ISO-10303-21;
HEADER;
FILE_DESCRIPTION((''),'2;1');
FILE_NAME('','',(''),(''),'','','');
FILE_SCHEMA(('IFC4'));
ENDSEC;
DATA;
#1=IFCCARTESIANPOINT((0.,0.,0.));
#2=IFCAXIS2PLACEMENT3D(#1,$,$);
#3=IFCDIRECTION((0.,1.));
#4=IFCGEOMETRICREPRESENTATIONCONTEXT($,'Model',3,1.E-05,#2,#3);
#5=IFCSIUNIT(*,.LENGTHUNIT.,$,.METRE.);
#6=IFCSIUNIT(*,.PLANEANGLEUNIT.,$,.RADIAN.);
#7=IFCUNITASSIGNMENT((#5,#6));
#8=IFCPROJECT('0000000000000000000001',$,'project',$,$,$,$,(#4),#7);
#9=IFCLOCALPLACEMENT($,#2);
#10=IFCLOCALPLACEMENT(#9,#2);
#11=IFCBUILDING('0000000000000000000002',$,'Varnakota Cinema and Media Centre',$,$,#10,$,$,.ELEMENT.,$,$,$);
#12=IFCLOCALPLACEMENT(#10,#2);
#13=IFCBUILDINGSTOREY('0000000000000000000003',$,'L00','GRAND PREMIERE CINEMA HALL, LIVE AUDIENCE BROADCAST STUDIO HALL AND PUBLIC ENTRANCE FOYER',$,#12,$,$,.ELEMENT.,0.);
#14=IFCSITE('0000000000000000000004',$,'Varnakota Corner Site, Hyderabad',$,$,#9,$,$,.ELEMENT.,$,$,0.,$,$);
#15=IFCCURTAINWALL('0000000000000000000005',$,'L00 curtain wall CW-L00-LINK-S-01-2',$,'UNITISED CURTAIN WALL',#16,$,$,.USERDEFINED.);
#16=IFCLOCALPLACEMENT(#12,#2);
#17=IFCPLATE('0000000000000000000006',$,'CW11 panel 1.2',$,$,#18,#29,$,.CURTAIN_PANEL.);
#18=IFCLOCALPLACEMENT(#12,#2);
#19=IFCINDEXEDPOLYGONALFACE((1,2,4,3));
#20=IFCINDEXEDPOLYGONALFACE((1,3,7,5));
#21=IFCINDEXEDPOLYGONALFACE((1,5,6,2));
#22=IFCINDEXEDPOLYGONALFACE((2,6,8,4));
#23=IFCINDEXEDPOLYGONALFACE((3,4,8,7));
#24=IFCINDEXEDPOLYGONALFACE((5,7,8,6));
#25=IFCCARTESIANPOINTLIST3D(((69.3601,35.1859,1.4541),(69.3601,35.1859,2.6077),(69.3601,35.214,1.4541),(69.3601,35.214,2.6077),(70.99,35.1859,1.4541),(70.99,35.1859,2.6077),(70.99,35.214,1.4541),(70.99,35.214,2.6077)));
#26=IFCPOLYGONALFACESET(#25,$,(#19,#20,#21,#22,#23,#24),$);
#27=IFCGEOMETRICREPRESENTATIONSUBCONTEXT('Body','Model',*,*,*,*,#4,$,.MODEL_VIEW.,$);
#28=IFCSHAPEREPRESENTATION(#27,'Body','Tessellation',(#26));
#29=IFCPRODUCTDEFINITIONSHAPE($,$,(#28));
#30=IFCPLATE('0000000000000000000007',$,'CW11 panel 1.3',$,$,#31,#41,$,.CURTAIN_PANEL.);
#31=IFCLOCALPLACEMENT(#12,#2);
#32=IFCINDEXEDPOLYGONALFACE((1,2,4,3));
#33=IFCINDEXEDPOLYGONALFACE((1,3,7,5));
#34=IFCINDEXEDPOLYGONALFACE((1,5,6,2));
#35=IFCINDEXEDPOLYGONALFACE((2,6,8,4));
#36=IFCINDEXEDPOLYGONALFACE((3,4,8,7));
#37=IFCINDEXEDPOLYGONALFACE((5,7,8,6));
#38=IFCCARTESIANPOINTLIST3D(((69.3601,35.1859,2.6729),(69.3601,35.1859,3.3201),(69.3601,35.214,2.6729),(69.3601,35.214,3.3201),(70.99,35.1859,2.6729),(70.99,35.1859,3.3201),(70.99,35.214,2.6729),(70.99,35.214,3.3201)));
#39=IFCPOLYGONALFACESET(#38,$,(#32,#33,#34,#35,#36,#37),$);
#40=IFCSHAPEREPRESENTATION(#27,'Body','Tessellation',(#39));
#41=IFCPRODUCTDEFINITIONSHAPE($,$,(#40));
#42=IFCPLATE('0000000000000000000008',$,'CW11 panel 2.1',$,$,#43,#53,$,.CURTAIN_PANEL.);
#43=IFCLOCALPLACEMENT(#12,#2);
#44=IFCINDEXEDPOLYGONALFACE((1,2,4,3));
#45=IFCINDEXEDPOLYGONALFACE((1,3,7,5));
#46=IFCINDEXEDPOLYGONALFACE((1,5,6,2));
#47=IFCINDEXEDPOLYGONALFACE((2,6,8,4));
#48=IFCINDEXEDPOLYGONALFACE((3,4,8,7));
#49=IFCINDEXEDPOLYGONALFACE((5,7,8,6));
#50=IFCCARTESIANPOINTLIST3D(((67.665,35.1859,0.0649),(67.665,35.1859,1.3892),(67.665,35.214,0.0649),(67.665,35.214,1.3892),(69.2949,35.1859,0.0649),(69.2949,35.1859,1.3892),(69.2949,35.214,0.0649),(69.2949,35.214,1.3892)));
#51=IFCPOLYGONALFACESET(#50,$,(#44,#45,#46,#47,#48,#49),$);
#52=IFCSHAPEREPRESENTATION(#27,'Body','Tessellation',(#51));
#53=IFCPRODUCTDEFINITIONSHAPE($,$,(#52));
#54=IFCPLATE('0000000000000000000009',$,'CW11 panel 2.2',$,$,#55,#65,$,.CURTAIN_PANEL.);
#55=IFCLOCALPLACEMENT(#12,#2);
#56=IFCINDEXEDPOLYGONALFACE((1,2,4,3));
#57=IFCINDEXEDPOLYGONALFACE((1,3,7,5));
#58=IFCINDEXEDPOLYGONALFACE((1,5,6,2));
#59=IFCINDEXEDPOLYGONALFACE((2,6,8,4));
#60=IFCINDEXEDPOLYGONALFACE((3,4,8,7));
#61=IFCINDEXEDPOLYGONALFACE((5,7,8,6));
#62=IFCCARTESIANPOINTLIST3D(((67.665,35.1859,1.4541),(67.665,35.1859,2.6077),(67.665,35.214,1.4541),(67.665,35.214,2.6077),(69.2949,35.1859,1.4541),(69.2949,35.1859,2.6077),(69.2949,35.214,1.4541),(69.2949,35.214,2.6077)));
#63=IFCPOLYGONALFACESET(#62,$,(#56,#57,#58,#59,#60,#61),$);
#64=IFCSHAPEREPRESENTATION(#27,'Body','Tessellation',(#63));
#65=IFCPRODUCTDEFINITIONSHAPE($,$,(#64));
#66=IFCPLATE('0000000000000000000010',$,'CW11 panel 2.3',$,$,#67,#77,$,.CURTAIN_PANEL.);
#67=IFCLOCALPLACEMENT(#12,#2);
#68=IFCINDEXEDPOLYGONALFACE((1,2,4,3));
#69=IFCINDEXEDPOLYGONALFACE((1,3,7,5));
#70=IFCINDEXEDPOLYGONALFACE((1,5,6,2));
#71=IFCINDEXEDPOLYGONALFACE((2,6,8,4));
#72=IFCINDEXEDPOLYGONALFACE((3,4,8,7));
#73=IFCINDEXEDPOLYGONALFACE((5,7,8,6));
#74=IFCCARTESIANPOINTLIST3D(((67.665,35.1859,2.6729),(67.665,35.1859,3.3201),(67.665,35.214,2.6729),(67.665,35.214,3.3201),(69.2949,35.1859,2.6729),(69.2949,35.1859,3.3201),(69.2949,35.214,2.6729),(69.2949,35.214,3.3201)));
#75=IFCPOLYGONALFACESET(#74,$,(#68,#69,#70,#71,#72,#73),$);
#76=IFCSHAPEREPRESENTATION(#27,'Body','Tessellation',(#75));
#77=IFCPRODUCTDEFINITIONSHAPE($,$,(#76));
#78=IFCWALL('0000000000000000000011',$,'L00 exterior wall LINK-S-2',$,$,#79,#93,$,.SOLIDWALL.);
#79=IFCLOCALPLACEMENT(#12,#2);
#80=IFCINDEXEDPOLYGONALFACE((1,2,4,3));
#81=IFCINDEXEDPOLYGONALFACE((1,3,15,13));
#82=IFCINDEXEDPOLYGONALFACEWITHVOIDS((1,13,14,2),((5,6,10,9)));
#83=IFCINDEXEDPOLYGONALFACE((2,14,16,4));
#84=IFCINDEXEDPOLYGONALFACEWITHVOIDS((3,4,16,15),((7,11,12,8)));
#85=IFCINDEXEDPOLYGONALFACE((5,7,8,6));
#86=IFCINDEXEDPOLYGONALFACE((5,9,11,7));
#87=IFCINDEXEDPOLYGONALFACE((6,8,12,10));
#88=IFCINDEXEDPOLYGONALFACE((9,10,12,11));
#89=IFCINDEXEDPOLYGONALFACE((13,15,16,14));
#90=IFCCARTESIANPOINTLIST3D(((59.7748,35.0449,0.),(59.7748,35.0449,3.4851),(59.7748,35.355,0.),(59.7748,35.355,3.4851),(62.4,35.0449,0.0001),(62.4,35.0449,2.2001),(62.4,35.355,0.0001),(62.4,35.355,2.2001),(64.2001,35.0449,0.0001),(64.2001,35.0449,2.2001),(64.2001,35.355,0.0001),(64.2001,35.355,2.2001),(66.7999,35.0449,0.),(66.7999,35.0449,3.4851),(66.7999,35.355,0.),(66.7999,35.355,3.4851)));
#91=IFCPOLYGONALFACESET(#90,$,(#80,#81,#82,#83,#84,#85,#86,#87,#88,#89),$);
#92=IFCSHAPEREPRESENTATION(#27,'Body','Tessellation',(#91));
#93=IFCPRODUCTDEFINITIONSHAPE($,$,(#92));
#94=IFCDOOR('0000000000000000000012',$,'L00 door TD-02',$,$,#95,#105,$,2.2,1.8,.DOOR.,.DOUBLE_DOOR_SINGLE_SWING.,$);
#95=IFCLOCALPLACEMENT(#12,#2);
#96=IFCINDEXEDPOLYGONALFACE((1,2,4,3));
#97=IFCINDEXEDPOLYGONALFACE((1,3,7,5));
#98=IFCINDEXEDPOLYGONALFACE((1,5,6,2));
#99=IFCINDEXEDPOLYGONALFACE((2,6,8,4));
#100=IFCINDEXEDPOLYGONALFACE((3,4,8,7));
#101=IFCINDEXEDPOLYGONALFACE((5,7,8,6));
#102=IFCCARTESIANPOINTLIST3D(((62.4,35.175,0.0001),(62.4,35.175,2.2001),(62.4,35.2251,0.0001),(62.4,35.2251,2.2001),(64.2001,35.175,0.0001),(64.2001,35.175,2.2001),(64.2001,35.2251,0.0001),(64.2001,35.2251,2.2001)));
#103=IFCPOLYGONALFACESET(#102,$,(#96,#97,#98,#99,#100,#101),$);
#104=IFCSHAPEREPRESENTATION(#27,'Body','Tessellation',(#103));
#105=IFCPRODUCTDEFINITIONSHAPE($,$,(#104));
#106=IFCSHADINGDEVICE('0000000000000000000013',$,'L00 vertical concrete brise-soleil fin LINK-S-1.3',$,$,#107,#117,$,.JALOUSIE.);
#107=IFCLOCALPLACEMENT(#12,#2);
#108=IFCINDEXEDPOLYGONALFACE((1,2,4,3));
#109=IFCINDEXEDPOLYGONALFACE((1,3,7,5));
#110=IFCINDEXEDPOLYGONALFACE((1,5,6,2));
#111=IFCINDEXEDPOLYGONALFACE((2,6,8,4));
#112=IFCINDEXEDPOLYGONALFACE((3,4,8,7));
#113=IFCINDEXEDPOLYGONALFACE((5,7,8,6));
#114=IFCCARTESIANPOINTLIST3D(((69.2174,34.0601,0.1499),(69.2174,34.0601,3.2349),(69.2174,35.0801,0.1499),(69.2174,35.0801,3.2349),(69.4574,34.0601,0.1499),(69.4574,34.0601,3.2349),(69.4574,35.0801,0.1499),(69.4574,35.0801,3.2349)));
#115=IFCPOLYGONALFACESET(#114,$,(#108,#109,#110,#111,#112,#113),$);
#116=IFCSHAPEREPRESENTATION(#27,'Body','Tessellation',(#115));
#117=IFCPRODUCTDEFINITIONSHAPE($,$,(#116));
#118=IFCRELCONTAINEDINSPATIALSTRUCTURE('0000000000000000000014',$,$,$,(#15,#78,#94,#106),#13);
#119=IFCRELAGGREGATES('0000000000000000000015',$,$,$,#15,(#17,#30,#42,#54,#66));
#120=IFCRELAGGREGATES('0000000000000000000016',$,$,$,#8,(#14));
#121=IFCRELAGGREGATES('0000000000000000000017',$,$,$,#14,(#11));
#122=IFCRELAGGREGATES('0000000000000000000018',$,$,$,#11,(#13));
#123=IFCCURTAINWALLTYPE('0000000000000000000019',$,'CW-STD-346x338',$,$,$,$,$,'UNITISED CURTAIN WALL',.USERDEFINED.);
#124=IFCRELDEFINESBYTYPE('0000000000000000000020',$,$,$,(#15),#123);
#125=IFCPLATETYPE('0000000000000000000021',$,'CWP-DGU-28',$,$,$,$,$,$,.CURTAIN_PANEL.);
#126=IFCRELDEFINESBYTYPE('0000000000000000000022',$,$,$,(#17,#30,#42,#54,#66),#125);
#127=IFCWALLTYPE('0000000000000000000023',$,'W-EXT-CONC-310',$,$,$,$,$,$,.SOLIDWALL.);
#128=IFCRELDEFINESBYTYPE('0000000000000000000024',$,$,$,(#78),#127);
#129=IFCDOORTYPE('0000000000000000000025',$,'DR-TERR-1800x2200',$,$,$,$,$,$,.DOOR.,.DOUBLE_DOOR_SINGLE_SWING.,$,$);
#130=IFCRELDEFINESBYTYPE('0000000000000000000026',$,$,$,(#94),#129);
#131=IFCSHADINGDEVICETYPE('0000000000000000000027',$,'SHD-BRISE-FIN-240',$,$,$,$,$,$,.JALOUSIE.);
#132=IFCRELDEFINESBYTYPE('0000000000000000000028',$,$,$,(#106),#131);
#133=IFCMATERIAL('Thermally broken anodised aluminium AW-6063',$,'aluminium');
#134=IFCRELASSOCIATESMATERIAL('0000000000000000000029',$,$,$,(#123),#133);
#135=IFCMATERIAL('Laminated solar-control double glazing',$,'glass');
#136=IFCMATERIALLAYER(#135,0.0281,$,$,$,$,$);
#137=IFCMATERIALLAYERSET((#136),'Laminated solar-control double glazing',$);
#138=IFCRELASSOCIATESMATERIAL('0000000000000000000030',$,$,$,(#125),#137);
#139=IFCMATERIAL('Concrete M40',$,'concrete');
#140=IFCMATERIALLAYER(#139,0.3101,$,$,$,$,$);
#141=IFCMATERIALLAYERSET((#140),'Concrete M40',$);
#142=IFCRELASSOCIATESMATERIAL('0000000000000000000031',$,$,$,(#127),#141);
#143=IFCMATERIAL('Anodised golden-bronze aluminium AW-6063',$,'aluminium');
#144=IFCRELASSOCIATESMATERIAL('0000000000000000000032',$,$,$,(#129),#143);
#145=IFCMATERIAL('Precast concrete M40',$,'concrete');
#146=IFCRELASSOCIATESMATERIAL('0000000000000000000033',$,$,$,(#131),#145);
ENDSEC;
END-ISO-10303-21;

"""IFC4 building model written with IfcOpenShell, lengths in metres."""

from ifc_helpers import new_model, si_unit, direction, frame, frame_2d, origin, origin_2d, place, context, subcontext, project, spatial, rectangle, extrude, material, layer, layer_set, type_object, element, fill, aggregate, save


model = new_model("IFC4")

# Units and contexts
model_context = context("Model", 3, precision=1e-05, world=origin(), true_north=direction((0.0, 1.0)))
body_context = subcontext(model_context, "Body", "Model", "MODEL_VIEW")
ifc_project = project(units=[si_unit("LENGTHUNIT", "METRE"), si_unit("PLANEANGLEUNIT", "RADIAN")], contexts=[model_context])

# Site, building, storey
site_placement = place(None, origin())
site = spatial("IfcSite", under=ifc_project, at=site_placement, Name="Varnakota Corner Site, Hyderabad", CompositionType="ELEMENT", RefElevation=0.0)
building_placement = place(site_placement, origin())
building = spatial("IfcBuilding", under=site, at=building_placement, Name="Varnakota Cinema and Media Centre", CompositionType="ELEMENT")
storey_placement = place(building_placement, origin())
storey = spatial("IfcBuildingStorey", under=building, at=storey_placement, Name="L00", Description="GRAND PREMIERE CINEMA HALL, LIVE AUDIENCE BROADCAST STUDIO HALL AND PUBLIC ENTRANCE FOYER", CompositionType="ELEMENT", Elevation=0.0)

# Curtain wall
ifc_material_1 = material(Name="Thermally broken anodised aluminium AW-6063", Category="aluminium")
curtain_wall_type_1 = type_object("IfcCurtainWallType", Name="CW-STD-346x338", ElementType="UNITISED CURTAIN WALL", PredefinedType="USERDEFINED", material=ifc_material_1)
curtain_wall_1_placement = place(storey_placement, origin())
curtain_wall_1 = element("IfcCurtainWall", 1, at=curtain_wall_1_placement, inside=storey, type_object=curtain_wall_type_1, Name="L00 curtain wall CW-L00-LINK-S-01-2", ObjectType="UNITISED CURTAIN WALL", PredefinedType="USERDEFINED")

# Plates
ifc_material_2 = material(Name="Laminated solar-control double glazing", Category="glass")
ifc_layer_1 = layer(ifc_material_2, 0.0281)
ifc_layer_set_1 = layer_set([ifc_layer_1], Name="Laminated solar-control double glazing")
plate_type = type_object("IfcPlateType", Name="CWP-DGU-28", PredefinedType="CURTAIN_PANEL", material=ifc_layer_set_1)
plate_1_placement = place(storey_placement, frame((70.175, 35.2, 1.4541), z_axis=(0.0, 0.0, 1.0), x_axis=(-1.0, 0.0, 0.0)))
plate_1 = element("IfcPlate", 2, at=plate_1_placement, type_object=plate_type, Name="CW11 panel 1.2", PredefinedType="CURTAIN_PANEL", context=body_context, shape_type="SweptSolid", body=[
    extrude(rectangle(XDim=1.6299, YDim=0.0281, at=origin_2d()), origin(), (0.0, 0.0, 1.0), 1.1536),
])
plate_2_placement = place(storey_placement, frame((70.175, 35.2, 2.6729), z_axis=(0.0, 0.0, 1.0), x_axis=(-1.0, 0.0, 0.0)))
plate_2 = element("IfcPlate", 3, at=plate_2_placement, type_object=plate_type, Name="CW11 panel 1.3", PredefinedType="CURTAIN_PANEL", context=body_context, shape_type="SweptSolid", body=[
    extrude(rectangle(XDim=1.6299, YDim=0.0281, at=origin_2d()), origin(), (0.0, 0.0, 1.0), 0.6472),
])
plate_3_placement = place(storey_placement, frame((68.48, 35.2, 0.0649), z_axis=(0.0, 0.0, 1.0), x_axis=(-1.0, 0.0, 0.0)))
plate_3 = element("IfcPlate", 4, at=plate_3_placement, type_object=plate_type, Name="CW11 panel 2.1", PredefinedType="CURTAIN_PANEL", context=body_context, shape_type="SweptSolid", body=[
    extrude(rectangle(XDim=1.6299, YDim=0.0281, at=origin_2d()), origin(), (0.0, 0.0, 1.0), 1.3242),
])
plate_4_placement = place(storey_placement, frame((68.48, 35.2, 1.4541), z_axis=(0.0, 0.0, 1.0), x_axis=(-1.0, 0.0, 0.0)))
plate_4 = element("IfcPlate", 5, at=plate_4_placement, type_object=plate_type, Name="CW11 panel 2.2", PredefinedType="CURTAIN_PANEL", context=body_context, shape_type="SweptSolid", body=[
    extrude(rectangle(XDim=1.6299, YDim=0.0281, at=origin_2d()), origin(), (0.0, 0.0, 1.0), 1.1536),
])
plate_5_placement = place(storey_placement, frame((68.48, 35.2, 2.6729), z_axis=(0.0, 0.0, 1.0), x_axis=(-1.0, 0.0, 0.0)))
plate_5 = element("IfcPlate", 6, at=plate_5_placement, type_object=plate_type, Name="CW11 panel 2.3", PredefinedType="CURTAIN_PANEL", context=body_context, shape_type="SweptSolid", body=[
    extrude(rectangle(XDim=1.6299, YDim=0.0281, at=origin_2d()), origin(), (0.0, 0.0, 1.0), 0.6472),
])
aggregate(curtain_wall_1, [plate_1, plate_2, plate_3, plate_4, plate_5])

# Wall, opening, door
ifc_material_3 = material(Name="Concrete M40", Category="concrete")
ifc_layer_2 = layer(ifc_material_3, 0.3101)
ifc_layer_set_2 = layer_set([ifc_layer_2], Name="Concrete M40")
wall_type = type_object("IfcWallType", Name="W-EXT-CONC-310", PredefinedType="SOLIDWALL", material=ifc_layer_set_2)
wall_placement = place(storey_placement, frame((66.8, 35.2, 0.0), z_axis=(0.0, 0.0, 1.0), x_axis=(-1.0, 0.0, 0.0)))
wall = element("IfcWall", 7, at=wall_placement, inside=storey, type_object=wall_type, Name="L00 exterior wall LINK-S-2", PredefinedType="SOLIDWALL", context=body_context, shape_type="SweptSolid", body=[
    extrude(rectangle(XDim=7.0251, YDim=0.3101, at=frame_2d((3.5127, 0.0))), origin(), (0.0, 0.0, 1.0), 3.4851),
])
opening_placement = place(wall_placement, frame((2.6001, 0.0, 0.0)))
opening = element("IfcOpeningElement", 8, at=opening_placement, cuts=wall, PredefinedType="OPENING", context=body_context, shape_type="SweptSolid", body=[
    extrude(rectangle(XDim=1.8, YDim=2.2, at=frame_2d((0.8999, 1.1001))), frame((0.0, 0.155, 0.0), z_axis=(0.0, -1.0, 0.0), x_axis=(1.0, 0.0, 0.0)), (0.0, 0.0, 1.0), 0.3101),
])
ifc_material_4 = material(Name="Anodised golden-bronze aluminium AW-6063", Category="aluminium")
door_type = type_object("IfcDoorType", Name="DR-TERR-1800x2200", OperationType="DOUBLE_DOOR_SINGLE_SWING", PredefinedType="DOOR", material=ifc_material_4)
door_placement = place(opening_placement, origin())
door = element("IfcDoor", 9, at=door_placement, inside=storey, type_object=door_type, Name="L00 door TD-02", OperationType="DOUBLE_DOOR_SINGLE_SWING", OverallHeight=2.2, OverallWidth=1.8, PredefinedType="DOOR", context=body_context, shape_type="SweptSolid", body=[
    extrude(rectangle(XDim=1.8, YDim=2.2, at=frame_2d((0.8999, 1.1001))), frame((0.0, 0.0249, 0.0), z_axis=(0.0, -1.0, 0.0), x_axis=(1.0, 0.0, 0.0)), (0.0, 0.0, 1.0), 0.05),
])
fill(opening, door)

# Shading device
ifc_material_5 = material(Name="Precast concrete M40", Category="concrete")
shading_device_type = type_object("IfcShadingDeviceType", Name="SHD-BRISE-FIN-240", PredefinedType="JALOUSIE", material=ifc_material_5)
shading_device_placement = place(storey_placement, frame((69.3374, 34.5701, 0.1499), z_axis=(0.0, 0.0, 1.0), x_axis=(-1.0, 0.0, 0.0)))
element("IfcShadingDevice", 10, at=shading_device_placement, inside=storey, type_object=shading_device_type, Name="L00 vertical concrete brise-soleil fin LINK-S-1.3", PredefinedType="JALOUSIE", context=body_context, shape_type="SweptSolid", body=[
    extrude(rectangle(XDim=0.24, YDim=1.02, at=origin_2d()), origin(), (0.0, 0.0, 1.0), 3.085),
])

save(model, "model.ifc")
